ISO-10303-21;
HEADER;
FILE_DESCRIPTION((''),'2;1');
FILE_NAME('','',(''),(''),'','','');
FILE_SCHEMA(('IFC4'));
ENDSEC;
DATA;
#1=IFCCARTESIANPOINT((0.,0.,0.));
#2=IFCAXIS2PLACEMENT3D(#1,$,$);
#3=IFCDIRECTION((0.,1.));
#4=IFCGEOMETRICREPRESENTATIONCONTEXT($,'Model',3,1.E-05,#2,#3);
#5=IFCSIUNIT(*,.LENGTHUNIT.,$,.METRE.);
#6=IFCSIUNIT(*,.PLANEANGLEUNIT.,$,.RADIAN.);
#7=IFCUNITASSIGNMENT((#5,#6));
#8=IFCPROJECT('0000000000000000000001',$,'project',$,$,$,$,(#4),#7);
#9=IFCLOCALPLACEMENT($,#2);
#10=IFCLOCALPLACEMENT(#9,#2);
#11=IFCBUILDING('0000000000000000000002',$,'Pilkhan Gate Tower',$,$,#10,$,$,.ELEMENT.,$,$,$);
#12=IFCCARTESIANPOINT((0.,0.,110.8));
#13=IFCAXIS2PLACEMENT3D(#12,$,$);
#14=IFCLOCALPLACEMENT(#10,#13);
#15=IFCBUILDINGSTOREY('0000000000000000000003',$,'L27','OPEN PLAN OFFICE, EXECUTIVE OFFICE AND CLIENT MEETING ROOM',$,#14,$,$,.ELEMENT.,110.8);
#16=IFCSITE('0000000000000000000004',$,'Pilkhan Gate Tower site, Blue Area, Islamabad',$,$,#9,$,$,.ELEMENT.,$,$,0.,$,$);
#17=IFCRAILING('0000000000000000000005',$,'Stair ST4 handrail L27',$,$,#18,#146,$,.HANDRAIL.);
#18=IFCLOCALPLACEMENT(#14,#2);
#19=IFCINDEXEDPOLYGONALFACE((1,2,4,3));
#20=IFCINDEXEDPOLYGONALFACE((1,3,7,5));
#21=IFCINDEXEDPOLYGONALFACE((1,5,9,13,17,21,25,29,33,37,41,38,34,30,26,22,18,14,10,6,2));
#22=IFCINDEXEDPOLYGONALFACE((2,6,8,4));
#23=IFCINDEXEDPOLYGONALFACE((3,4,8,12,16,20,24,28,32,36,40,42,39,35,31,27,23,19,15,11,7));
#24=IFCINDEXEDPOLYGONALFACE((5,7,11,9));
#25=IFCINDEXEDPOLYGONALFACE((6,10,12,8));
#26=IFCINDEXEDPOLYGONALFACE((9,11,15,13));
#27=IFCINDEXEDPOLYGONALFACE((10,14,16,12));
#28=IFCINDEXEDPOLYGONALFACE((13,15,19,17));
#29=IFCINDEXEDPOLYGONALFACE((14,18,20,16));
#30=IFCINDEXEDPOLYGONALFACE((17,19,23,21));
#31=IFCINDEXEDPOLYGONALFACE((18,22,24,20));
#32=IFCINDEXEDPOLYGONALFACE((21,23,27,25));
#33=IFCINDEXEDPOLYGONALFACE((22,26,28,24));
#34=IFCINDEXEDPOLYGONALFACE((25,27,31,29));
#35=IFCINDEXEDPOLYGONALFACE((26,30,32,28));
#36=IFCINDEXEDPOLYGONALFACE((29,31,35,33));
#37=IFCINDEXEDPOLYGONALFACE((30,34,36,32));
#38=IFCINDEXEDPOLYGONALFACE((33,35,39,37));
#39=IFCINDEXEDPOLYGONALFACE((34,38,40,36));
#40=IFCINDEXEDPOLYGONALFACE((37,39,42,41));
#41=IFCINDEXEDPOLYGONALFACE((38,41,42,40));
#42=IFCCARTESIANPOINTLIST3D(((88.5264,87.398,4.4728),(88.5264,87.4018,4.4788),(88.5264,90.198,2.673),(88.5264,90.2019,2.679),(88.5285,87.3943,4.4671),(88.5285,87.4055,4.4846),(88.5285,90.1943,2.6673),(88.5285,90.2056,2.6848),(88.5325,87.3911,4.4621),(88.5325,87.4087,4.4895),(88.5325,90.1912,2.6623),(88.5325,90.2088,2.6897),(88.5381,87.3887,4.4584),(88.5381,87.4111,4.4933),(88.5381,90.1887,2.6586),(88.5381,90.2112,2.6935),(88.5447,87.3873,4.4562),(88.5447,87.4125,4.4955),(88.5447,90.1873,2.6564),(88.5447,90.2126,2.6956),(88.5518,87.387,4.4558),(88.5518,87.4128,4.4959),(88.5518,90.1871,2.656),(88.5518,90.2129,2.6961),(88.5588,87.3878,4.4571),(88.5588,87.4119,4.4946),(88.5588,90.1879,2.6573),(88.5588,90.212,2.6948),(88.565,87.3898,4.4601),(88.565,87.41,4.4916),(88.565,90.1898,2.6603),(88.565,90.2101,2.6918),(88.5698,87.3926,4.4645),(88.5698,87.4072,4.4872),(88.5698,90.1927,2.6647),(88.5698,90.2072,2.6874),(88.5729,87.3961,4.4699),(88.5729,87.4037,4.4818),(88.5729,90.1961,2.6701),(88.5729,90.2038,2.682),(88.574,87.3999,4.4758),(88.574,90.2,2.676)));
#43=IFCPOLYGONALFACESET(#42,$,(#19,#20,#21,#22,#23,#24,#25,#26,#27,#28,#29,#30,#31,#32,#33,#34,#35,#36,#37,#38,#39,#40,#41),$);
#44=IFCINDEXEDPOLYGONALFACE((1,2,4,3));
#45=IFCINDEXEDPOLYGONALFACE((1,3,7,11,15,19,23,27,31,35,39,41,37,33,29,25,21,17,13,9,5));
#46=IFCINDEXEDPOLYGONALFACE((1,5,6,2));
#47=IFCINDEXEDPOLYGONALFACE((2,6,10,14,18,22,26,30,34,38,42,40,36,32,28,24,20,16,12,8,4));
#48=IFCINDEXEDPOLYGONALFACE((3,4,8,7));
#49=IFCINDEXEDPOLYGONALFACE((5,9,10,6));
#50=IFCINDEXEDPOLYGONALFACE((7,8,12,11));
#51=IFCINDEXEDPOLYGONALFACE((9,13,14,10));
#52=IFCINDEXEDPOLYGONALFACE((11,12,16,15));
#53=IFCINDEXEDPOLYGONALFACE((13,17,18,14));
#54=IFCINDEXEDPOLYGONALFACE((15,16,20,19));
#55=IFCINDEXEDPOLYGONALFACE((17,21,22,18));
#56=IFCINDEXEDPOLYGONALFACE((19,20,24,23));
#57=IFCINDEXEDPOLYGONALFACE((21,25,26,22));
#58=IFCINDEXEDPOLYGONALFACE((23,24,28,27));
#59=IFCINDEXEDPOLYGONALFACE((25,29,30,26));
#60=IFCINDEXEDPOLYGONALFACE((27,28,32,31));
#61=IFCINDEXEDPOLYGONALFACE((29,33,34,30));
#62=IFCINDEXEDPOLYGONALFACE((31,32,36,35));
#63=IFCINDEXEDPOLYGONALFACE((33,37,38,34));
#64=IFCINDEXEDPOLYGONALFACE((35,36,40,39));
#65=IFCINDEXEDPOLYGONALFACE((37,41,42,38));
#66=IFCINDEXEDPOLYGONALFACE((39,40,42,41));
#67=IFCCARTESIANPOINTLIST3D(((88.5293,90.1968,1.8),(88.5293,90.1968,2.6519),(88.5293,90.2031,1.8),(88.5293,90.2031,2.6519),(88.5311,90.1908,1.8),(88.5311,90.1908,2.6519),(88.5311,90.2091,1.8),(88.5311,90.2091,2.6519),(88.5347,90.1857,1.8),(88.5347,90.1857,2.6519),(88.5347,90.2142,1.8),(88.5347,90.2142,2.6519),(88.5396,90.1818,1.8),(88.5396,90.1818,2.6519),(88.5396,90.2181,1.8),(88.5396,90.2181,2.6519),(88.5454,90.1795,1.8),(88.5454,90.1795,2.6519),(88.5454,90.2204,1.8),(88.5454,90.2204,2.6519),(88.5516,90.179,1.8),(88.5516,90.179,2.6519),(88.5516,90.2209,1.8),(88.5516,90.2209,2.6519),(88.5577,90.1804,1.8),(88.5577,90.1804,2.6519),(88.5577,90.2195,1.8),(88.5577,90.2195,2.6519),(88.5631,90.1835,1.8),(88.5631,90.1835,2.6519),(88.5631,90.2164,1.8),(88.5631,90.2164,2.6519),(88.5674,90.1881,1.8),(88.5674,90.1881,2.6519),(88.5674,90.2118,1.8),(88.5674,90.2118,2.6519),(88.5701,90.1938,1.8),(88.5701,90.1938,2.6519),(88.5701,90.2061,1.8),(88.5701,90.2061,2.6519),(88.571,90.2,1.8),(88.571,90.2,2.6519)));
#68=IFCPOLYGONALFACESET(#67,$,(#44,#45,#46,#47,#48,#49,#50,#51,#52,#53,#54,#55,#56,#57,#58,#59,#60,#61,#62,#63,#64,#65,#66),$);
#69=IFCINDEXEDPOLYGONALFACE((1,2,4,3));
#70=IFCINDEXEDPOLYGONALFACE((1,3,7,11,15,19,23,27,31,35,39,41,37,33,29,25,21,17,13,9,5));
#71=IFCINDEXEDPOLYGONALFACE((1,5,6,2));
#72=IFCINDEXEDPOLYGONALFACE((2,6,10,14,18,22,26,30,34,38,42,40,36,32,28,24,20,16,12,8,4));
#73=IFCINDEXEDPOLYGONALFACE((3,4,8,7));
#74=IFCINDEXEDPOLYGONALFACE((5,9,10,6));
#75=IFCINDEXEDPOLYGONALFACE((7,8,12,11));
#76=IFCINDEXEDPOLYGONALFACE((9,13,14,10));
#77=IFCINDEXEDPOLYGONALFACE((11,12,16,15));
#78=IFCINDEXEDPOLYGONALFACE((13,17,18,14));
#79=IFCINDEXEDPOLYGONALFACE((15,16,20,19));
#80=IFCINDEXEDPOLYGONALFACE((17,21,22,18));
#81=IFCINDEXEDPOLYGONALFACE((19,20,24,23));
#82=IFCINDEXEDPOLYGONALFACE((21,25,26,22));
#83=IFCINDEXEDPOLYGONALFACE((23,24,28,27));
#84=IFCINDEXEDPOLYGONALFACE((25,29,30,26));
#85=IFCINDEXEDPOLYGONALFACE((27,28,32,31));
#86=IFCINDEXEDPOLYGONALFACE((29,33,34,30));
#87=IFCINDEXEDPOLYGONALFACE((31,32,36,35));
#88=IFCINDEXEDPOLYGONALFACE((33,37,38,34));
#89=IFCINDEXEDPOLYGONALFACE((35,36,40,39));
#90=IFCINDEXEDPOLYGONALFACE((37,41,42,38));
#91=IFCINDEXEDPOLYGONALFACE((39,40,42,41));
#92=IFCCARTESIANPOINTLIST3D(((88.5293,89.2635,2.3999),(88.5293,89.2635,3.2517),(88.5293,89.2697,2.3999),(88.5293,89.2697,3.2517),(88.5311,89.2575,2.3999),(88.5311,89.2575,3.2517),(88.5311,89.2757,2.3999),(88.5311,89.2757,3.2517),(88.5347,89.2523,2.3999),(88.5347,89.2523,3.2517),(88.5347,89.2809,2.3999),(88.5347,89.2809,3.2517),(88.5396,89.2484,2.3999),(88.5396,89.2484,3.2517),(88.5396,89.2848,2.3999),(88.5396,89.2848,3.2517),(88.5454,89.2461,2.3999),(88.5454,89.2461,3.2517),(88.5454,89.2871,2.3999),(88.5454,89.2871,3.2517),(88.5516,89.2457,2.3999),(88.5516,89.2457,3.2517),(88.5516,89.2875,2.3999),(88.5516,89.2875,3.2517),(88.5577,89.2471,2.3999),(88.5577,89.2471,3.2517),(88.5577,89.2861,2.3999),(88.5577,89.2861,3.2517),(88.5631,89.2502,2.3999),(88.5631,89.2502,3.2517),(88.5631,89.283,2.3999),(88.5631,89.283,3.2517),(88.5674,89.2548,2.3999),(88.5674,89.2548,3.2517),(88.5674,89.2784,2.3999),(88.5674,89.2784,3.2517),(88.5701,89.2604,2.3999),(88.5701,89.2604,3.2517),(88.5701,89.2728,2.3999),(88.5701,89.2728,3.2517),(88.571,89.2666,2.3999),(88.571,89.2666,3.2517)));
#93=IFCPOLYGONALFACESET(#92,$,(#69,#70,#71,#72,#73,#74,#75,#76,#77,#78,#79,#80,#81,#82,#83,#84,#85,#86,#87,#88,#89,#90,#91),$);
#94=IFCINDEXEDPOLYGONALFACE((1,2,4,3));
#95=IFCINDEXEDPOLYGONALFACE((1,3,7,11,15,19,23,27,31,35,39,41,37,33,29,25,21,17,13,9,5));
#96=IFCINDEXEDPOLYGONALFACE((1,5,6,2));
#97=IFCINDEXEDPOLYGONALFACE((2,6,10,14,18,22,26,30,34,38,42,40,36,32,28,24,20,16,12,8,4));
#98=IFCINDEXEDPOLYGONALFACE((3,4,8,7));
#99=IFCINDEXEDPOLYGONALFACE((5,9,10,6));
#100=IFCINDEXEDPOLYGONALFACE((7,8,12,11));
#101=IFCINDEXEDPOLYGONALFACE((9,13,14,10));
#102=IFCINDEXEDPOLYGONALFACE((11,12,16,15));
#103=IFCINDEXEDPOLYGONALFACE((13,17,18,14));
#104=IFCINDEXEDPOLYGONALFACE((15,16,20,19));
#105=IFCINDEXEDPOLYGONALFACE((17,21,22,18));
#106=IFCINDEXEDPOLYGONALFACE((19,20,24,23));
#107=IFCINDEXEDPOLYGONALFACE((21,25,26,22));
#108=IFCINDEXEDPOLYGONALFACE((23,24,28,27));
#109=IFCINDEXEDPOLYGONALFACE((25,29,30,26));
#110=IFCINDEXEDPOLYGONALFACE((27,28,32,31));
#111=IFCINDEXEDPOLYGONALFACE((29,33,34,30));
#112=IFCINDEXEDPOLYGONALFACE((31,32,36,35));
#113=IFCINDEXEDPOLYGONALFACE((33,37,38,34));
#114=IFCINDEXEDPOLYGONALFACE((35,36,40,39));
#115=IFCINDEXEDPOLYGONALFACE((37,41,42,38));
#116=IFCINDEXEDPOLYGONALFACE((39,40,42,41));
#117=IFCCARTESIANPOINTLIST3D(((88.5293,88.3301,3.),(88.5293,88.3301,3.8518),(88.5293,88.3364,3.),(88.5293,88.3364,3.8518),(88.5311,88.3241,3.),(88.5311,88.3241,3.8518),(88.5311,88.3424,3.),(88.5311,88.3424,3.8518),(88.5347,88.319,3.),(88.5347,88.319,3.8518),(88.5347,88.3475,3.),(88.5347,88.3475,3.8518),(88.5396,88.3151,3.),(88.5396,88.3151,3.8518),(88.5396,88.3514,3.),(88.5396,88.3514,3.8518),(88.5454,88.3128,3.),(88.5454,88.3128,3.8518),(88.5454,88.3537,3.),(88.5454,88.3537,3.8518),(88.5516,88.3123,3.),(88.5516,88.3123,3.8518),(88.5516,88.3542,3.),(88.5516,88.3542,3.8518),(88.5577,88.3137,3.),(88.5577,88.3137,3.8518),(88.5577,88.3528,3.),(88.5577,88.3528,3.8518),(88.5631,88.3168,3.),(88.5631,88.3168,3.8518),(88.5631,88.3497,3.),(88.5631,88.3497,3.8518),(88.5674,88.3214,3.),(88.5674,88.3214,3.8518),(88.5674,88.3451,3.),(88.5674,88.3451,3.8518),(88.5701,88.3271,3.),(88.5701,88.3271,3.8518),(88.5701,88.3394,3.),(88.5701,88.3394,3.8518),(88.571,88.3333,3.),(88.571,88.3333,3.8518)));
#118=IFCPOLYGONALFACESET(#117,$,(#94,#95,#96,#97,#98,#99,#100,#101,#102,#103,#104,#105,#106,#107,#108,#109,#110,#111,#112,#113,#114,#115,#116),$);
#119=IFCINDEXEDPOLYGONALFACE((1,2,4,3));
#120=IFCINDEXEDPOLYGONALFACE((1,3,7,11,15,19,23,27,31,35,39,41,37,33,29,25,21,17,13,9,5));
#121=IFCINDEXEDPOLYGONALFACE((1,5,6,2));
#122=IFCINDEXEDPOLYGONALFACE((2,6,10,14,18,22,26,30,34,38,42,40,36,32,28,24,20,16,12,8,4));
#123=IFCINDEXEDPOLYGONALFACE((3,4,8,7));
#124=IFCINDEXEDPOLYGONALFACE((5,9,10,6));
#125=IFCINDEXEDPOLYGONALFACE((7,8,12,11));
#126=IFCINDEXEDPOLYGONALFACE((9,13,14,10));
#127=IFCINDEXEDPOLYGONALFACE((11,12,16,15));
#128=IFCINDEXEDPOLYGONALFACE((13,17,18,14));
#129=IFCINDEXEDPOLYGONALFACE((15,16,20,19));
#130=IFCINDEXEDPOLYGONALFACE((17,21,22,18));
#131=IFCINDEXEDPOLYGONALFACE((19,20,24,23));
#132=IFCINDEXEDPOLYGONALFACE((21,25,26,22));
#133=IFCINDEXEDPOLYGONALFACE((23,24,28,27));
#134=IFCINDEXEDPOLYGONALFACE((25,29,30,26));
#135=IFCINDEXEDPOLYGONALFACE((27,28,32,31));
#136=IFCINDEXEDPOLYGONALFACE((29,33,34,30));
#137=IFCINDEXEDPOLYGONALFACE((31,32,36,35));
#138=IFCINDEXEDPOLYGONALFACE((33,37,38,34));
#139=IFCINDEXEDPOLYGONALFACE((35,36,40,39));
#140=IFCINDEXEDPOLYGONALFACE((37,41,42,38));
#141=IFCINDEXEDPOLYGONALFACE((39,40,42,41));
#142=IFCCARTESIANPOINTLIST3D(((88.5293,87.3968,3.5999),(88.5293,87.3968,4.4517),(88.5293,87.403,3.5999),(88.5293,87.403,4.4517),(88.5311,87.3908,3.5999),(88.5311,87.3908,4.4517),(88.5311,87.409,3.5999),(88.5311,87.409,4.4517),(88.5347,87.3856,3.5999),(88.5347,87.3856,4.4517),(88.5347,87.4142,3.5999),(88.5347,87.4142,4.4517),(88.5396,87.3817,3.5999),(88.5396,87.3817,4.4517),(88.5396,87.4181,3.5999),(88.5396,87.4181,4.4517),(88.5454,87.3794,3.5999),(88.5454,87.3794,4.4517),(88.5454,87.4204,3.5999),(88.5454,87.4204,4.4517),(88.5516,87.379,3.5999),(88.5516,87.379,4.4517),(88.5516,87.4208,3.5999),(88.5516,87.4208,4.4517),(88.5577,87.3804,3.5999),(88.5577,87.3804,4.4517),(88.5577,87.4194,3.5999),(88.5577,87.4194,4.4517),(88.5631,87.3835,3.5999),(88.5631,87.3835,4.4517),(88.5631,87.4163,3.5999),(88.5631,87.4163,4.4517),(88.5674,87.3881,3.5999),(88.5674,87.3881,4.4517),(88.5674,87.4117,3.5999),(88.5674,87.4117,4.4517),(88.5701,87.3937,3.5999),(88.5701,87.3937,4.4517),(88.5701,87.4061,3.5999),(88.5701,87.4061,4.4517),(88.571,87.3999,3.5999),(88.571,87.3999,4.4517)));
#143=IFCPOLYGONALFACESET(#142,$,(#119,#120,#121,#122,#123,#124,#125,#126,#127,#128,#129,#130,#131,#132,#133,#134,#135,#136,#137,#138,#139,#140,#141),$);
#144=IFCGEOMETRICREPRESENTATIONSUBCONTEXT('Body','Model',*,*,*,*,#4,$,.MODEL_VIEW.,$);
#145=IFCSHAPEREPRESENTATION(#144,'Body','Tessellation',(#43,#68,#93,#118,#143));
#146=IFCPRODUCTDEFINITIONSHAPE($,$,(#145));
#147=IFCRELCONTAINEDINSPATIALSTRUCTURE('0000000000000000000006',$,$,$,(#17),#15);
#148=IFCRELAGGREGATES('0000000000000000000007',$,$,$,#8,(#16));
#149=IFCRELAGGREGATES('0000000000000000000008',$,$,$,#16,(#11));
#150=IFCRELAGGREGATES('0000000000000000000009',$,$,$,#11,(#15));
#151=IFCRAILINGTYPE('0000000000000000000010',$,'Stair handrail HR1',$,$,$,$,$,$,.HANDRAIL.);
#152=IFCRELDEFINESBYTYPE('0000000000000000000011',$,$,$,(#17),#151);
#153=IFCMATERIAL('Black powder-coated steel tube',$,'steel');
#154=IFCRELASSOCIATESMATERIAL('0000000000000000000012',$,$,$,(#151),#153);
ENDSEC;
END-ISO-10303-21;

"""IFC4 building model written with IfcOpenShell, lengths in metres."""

from ifc_helpers import new_model, si_unit, direction, frame, origin, origin_2d, place, context, subcontext, project, spatial, circle, extrude, material, type_object, element, save


model = new_model("IFC4")

# Units and contexts
model_context = context("Model", 3, precision=1e-05, world=origin(), true_north=direction((0.0, 1.0)))
body_context = subcontext(model_context, "Body", "Model", "MODEL_VIEW")
ifc_project = project(units=[si_unit("LENGTHUNIT", "METRE"), si_unit("PLANEANGLEUNIT", "RADIAN")], contexts=[model_context])

# Site, building, storey
site_placement = place(None, origin())
site = spatial("IfcSite", under=ifc_project, at=site_placement, Name="Pilkhan Gate Tower site, Blue Area, Islamabad", CompositionType="ELEMENT", RefElevation=0.0)
building_placement = place(site_placement, origin())
building = spatial("IfcBuilding", under=site, at=building_placement, Name="Pilkhan Gate Tower", CompositionType="ELEMENT")
storey_placement = place(building_placement, frame((0.0, 0.0, 110.8)))
storey = spatial("IfcBuildingStorey", under=building, at=storey_placement, Name="L27", Description="OPEN PLAN OFFICE, EXECUTIVE OFFICE AND CLIENT MEETING ROOM", CompositionType="ELEMENT", Elevation=110.8)

# Railing
ifc_material_1 = material(Name="Black powder-coated steel tube", Category="steel")
railing_type_1 = type_object("IfcRailingType", Name="Stair handrail HR1", PredefinedType="HANDRAIL", material=ifc_material_1)
railing_1_placement = place(storey_placement, frame((88.55, 90.2, 1.8)))
element("IfcRailing", 1, at=railing_1_placement, inside=storey, type_object=railing_type_1, Name="Stair ST4 handrail L27", PredefinedType="HANDRAIL", context=body_context, shape_type="SweptSolid", body=[
    extrude(circle(Radius=0.0239, at=origin_2d()), frame((0.0, 0.0, 0.876), z_axis=(0.0, -0.841209, 0.540709), x_axis=(1.0, 0.0, 0.0)), (0.0, 0.0, 1.0), 3.3286),
    extrude(circle(Radius=0.021, at=origin_2d()), origin(), (0.0, 0.0, 1.0), 0.8518),
    extrude(circle(Radius=0.021, at=origin_2d()), frame((0.0, -0.9333, 0.5999)), (0.0, 0.0, 1.0), 0.8518),
    extrude(circle(Radius=0.021, at=origin_2d()), frame((0.0, -1.8667, 1.2)), (0.0, 0.0, 1.0), 0.8518),
    extrude(circle(Radius=0.021, at=origin_2d()), frame((0.0, -2.8, 1.7998)), (0.0, 0.0, 1.0), 0.8518),
])

save(model, "model.ifc")
